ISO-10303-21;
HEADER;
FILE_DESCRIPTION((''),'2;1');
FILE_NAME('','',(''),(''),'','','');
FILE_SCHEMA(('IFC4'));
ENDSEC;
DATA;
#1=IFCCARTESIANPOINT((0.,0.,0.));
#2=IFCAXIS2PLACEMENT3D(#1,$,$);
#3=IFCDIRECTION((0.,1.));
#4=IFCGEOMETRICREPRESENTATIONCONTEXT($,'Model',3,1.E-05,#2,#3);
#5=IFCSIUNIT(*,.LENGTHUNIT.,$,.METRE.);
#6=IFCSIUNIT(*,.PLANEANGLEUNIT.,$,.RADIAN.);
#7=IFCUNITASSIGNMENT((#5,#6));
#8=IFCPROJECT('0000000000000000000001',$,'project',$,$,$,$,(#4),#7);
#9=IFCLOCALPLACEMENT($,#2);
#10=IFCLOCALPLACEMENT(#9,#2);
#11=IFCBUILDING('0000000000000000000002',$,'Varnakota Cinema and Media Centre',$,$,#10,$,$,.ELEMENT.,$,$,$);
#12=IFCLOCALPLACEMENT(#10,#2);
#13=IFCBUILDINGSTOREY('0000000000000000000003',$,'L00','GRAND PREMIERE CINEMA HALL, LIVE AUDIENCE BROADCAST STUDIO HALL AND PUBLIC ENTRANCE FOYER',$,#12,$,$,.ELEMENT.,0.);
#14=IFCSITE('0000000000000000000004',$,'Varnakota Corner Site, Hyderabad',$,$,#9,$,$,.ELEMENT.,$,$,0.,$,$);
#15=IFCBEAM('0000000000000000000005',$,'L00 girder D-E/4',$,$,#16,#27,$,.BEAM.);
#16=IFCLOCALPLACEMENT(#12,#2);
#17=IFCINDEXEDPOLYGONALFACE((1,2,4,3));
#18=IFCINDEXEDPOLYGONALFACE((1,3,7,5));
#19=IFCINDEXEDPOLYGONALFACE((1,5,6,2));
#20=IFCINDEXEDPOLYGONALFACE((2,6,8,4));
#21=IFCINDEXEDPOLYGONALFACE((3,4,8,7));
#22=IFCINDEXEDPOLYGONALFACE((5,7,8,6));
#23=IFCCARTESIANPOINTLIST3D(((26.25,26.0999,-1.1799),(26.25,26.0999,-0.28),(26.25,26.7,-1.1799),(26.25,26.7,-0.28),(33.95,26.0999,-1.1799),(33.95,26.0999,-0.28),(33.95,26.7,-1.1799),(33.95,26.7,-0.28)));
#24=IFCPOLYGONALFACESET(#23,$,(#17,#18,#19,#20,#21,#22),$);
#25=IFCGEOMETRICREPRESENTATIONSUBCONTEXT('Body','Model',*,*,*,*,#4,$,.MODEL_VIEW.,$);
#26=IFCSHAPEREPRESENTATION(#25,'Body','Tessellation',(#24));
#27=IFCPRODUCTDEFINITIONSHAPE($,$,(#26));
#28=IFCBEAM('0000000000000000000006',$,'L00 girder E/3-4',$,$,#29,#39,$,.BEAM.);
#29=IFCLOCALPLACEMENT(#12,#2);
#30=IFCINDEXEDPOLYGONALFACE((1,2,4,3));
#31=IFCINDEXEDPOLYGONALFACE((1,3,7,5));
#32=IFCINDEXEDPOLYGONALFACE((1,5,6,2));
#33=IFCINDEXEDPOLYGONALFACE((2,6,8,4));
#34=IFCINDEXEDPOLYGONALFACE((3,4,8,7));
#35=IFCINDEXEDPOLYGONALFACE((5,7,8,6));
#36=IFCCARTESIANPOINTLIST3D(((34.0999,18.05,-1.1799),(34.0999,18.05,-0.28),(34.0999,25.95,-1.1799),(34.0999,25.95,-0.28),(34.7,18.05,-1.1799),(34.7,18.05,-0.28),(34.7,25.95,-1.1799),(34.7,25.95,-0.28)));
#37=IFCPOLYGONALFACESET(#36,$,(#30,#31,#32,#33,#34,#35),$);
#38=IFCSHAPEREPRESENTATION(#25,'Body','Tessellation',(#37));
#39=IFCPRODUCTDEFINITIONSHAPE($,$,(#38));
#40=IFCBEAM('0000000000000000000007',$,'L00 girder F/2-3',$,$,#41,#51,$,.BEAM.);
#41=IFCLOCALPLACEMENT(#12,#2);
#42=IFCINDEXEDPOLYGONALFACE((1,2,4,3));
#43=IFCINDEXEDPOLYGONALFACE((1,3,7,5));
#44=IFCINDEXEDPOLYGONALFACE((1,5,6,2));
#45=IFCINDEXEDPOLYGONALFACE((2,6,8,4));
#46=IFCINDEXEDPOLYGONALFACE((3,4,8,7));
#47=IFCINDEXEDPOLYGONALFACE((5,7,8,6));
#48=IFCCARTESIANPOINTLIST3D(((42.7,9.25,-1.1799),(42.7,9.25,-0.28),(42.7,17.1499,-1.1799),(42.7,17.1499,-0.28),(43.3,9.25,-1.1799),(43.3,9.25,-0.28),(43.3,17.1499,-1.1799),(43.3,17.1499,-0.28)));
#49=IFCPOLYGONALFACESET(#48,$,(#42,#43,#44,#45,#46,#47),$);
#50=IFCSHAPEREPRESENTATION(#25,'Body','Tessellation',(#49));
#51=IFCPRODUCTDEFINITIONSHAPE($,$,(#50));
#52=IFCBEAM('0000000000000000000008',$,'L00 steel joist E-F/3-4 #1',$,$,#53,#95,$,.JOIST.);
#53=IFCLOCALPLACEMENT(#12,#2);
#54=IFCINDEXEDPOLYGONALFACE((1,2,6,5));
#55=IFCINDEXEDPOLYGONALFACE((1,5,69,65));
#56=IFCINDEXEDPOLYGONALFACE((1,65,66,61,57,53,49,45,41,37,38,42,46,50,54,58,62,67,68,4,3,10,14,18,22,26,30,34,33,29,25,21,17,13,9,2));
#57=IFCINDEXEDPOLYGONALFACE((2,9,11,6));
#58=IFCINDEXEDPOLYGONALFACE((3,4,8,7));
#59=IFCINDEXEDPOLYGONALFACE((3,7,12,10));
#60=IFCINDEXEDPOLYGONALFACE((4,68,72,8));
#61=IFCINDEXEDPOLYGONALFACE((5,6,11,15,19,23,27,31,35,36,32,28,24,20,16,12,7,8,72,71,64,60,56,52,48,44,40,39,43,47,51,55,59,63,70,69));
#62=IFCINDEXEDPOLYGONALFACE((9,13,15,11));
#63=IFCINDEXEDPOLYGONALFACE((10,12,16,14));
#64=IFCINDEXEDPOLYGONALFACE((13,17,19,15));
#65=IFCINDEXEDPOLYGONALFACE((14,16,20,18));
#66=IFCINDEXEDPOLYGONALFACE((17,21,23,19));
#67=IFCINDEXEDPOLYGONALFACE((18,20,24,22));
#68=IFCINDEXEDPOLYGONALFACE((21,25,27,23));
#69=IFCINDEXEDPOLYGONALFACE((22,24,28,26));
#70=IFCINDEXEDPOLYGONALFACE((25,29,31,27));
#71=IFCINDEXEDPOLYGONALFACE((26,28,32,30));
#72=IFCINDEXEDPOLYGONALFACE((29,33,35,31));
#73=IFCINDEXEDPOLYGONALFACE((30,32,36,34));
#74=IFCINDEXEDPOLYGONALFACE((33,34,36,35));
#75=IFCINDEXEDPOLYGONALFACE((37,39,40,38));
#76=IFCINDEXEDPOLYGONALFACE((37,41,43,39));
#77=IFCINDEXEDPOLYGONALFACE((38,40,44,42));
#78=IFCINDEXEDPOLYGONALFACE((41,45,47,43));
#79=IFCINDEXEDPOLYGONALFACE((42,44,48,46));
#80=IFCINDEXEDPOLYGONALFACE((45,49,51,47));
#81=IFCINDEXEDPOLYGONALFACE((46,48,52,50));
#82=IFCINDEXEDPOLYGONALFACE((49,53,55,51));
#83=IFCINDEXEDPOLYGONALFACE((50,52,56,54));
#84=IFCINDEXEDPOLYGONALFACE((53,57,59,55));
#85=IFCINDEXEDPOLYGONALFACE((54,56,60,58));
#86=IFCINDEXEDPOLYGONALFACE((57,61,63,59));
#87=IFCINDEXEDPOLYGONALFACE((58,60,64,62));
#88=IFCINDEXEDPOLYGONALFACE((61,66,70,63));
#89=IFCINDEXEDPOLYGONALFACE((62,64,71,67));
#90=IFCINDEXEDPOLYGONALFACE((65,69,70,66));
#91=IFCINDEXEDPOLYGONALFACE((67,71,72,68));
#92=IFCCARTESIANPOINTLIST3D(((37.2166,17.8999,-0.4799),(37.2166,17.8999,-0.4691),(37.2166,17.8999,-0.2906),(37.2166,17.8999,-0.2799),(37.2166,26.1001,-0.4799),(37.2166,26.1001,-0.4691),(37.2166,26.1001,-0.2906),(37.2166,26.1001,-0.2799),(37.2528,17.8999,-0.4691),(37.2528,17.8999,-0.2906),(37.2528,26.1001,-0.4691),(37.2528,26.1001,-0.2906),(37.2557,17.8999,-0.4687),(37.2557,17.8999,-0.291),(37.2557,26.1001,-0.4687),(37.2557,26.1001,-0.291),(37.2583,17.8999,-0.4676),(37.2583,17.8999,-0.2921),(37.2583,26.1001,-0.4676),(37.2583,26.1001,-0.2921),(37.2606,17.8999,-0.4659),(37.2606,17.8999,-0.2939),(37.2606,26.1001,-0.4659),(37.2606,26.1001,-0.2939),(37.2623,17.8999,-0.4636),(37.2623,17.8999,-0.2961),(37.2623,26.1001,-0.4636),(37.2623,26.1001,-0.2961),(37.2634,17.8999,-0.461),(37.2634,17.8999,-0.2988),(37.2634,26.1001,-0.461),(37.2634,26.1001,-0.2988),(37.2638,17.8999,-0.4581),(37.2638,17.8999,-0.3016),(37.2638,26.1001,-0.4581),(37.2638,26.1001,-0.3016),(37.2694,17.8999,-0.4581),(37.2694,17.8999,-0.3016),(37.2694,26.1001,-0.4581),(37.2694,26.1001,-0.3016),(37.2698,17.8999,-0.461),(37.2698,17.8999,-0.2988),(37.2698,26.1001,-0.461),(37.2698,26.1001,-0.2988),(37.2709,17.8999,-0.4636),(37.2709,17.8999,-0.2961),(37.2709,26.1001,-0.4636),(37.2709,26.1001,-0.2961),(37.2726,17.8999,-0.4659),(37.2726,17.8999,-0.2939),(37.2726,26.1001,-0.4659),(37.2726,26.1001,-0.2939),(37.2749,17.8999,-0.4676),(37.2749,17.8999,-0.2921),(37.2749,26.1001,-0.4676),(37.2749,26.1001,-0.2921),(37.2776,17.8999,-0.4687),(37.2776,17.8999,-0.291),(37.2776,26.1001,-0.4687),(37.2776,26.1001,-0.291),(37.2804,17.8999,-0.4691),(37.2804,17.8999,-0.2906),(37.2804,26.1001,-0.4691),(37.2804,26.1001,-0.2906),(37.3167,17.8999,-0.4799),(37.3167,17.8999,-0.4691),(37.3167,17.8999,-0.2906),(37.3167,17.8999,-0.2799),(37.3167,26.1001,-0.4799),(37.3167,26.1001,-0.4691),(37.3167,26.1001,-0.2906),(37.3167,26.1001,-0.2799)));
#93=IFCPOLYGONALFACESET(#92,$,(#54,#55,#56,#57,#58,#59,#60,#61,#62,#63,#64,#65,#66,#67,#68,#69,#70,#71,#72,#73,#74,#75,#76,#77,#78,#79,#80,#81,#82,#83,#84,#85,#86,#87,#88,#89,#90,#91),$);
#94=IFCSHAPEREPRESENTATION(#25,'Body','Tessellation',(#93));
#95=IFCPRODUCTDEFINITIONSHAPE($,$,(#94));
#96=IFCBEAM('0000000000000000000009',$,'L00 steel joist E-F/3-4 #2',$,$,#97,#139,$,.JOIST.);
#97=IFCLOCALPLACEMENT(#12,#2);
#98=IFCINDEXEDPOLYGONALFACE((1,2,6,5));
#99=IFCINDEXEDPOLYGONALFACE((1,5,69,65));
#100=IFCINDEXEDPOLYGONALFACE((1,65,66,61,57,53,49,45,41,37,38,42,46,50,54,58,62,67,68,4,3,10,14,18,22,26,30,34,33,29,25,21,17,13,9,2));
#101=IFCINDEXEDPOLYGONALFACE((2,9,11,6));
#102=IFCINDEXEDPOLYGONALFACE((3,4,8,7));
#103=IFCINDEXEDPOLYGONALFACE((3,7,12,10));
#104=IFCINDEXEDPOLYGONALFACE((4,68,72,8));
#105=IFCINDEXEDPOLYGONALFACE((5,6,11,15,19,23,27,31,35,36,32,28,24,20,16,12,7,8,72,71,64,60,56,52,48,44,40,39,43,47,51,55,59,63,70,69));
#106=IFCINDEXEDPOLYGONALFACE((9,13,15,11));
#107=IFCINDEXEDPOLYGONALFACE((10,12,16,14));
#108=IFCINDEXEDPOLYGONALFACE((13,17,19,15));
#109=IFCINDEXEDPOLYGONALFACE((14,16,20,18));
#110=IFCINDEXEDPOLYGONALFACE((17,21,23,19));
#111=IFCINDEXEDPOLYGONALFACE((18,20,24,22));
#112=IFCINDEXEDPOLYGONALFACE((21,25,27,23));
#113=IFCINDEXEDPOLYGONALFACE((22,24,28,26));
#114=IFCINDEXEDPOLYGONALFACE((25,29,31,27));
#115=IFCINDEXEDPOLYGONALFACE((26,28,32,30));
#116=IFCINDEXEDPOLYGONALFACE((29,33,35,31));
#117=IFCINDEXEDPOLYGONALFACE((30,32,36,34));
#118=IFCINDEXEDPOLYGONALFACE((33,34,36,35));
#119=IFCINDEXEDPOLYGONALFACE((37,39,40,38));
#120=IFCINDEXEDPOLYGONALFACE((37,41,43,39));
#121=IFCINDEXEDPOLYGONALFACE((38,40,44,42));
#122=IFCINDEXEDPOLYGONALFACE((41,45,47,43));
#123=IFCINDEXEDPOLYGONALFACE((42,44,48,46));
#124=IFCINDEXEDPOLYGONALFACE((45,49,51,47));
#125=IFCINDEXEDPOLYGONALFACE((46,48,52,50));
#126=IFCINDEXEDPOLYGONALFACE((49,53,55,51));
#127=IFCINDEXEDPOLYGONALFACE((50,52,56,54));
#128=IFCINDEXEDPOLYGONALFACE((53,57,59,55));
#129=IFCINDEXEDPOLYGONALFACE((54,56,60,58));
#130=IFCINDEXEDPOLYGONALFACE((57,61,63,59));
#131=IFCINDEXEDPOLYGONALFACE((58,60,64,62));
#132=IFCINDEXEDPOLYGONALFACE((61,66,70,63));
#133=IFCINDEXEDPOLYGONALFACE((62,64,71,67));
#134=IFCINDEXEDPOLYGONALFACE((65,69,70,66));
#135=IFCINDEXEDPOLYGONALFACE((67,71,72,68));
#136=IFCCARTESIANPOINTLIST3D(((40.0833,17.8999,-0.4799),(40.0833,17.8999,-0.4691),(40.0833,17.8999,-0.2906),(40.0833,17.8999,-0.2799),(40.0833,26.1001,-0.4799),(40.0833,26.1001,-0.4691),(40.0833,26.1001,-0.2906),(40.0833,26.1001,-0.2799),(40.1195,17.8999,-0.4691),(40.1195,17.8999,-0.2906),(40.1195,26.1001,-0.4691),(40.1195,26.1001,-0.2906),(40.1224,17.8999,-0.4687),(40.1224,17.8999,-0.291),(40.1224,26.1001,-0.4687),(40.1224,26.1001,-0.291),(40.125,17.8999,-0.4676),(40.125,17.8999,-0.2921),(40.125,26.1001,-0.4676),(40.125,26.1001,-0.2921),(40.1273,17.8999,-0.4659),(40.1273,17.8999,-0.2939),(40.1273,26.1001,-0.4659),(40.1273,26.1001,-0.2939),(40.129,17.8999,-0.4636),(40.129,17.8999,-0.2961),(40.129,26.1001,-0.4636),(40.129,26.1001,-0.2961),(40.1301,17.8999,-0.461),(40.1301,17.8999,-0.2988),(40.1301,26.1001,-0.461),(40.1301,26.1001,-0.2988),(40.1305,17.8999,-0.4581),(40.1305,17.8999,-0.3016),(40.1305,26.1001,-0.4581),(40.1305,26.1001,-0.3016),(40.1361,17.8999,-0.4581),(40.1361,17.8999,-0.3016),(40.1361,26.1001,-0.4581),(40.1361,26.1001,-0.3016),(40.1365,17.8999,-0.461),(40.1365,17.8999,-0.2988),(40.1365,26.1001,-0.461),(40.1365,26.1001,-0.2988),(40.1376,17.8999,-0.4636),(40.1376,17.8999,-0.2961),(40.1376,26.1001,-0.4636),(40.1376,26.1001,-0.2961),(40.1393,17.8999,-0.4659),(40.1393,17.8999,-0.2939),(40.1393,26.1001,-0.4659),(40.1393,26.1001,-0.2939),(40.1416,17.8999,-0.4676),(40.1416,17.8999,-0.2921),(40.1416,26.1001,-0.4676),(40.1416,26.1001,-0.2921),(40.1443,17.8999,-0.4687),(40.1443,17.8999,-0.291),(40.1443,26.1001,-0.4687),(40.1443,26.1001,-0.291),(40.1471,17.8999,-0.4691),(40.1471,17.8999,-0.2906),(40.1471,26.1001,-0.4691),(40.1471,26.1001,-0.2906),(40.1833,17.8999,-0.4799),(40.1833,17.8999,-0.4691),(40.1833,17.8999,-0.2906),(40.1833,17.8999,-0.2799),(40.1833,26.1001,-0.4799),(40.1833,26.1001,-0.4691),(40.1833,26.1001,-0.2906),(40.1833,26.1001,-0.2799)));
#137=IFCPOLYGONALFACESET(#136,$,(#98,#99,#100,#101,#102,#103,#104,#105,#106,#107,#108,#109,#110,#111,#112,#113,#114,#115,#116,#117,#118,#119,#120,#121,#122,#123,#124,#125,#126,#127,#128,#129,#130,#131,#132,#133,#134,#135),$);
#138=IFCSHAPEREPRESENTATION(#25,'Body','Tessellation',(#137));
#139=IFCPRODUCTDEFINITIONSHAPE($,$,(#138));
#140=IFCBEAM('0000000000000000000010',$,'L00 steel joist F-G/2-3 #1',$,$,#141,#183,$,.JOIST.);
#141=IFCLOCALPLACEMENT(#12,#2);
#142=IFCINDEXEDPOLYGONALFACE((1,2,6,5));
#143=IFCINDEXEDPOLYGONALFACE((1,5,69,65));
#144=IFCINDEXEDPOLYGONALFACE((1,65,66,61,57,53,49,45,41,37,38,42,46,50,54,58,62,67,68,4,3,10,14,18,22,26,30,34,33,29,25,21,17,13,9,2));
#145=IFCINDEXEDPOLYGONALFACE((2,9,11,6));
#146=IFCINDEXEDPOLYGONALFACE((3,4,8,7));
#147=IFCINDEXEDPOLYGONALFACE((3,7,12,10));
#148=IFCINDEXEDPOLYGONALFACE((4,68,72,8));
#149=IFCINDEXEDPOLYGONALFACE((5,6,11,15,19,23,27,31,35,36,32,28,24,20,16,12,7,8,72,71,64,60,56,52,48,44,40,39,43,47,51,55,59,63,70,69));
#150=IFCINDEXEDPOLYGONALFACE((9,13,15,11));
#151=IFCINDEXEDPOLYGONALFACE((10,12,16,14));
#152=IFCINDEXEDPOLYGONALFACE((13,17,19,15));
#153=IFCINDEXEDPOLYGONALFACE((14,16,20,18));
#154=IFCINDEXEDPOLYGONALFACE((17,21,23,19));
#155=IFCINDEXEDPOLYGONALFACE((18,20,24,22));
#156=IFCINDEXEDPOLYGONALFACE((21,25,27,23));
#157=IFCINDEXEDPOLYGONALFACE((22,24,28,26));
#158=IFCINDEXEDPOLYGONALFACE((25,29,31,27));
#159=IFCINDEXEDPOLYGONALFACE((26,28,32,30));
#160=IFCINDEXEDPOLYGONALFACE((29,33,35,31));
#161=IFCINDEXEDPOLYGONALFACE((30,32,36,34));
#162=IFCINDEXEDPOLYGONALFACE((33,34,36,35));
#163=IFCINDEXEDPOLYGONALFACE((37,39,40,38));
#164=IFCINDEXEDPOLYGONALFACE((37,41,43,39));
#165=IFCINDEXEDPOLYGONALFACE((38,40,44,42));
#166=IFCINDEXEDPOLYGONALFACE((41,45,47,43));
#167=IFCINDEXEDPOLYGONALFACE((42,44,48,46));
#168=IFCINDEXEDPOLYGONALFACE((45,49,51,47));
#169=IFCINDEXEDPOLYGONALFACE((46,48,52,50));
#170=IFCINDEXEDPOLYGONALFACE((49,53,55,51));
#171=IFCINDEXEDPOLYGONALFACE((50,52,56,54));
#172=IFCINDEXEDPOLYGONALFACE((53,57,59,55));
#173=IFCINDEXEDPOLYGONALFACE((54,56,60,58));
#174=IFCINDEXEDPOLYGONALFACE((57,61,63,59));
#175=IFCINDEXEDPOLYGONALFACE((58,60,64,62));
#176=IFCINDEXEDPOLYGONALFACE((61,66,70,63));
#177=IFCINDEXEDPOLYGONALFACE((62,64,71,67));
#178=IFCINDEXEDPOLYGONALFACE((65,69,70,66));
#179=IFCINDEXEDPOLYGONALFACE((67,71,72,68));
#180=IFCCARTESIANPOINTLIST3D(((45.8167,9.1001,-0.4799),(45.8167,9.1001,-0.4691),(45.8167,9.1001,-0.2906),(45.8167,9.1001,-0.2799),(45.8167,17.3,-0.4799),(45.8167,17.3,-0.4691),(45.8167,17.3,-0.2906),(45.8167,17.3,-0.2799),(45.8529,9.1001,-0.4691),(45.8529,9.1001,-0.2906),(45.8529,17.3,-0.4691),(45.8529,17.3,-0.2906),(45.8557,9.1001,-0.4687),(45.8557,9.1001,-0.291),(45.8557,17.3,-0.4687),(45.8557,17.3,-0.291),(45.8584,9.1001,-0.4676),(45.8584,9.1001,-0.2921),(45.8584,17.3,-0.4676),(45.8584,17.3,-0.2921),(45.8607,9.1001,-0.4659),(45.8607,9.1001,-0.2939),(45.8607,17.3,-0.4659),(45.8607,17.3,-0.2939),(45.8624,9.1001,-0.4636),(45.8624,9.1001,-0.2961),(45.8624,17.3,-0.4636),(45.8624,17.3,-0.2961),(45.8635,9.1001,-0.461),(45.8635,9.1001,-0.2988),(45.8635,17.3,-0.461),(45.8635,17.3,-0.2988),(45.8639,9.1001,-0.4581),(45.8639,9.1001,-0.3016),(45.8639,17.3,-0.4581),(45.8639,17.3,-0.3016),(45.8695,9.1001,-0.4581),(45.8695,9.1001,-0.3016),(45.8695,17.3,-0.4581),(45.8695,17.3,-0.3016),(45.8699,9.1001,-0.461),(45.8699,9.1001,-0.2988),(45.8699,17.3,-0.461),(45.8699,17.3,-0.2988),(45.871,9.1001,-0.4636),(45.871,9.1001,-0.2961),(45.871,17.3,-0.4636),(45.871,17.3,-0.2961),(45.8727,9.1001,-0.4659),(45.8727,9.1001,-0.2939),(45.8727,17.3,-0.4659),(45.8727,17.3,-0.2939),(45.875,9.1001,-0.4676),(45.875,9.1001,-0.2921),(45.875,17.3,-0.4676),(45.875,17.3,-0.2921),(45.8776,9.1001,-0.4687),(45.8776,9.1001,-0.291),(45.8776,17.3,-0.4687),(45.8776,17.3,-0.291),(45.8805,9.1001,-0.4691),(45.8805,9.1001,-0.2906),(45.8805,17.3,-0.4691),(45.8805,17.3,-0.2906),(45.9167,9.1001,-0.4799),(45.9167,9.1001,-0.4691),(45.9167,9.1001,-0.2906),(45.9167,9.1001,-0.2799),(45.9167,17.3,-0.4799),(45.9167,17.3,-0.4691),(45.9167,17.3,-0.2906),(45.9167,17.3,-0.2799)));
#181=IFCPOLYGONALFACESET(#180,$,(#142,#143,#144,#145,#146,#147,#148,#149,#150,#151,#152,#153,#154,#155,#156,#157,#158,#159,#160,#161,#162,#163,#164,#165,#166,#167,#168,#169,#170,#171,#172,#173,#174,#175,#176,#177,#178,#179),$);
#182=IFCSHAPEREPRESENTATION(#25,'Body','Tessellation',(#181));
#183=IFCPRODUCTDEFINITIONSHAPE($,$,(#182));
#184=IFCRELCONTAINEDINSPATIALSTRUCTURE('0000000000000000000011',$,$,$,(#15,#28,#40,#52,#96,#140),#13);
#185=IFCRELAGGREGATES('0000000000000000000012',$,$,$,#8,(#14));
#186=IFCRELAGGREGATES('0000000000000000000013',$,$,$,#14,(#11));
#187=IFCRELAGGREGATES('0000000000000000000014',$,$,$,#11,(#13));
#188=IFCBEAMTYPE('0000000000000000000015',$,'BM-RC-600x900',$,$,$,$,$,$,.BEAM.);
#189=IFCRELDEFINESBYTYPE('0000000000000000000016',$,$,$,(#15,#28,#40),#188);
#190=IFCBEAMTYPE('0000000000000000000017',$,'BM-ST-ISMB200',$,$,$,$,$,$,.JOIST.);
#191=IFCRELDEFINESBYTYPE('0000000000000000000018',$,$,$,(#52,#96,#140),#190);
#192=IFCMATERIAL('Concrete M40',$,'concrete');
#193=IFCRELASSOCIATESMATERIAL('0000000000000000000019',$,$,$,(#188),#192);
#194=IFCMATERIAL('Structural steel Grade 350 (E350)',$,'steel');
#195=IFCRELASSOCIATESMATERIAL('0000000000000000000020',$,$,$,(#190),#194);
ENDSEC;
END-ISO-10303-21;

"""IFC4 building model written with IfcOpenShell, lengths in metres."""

from ifc_helpers import new_model, si_unit, direction, frame, origin, origin_2d, place, context, subcontext, project, spatial, rectangle, i_section, extrude, material, material_profile, profile_set, type_object, element, save


model = new_model("IFC4")

# Units and contexts
model_context = context("Model", 3, precision=1e-05, world=origin(), true_north=direction((0.0, 1.0)))
body_context = subcontext(model_context, "Body", "Model", "MODEL_VIEW")
ifc_project = project(units=[si_unit("LENGTHUNIT", "METRE"), si_unit("PLANEANGLEUNIT", "RADIAN")], contexts=[model_context])

# Site, building, storey
site_placement = place(None, origin())
site = spatial("IfcSite", under=ifc_project, at=site_placement, Name="Varnakota Corner Site, Hyderabad", CompositionType="ELEMENT", RefElevation=0.0)
building_placement = place(site_placement, origin())
building = spatial("IfcBuilding", under=site, at=building_placement, Name="Varnakota Cinema and Media Centre", CompositionType="ELEMENT")
storey_placement = place(building_placement, origin())
storey = spatial("IfcBuildingStorey", under=building, at=storey_placement, Name="L00", Description="GRAND PREMIERE CINEMA HALL, LIVE AUDIENCE BROADCAST STUDIO HALL AND PUBLIC ENTRANCE FOYER", CompositionType="ELEMENT", Elevation=0.0)

# Beams
ifc_material_1 = material(Name="Concrete M40", Category="concrete")
ifc_material_profile_1 = material_profile(ifc_material_1, rectangle(XDim=0.6001, YDim=0.8999, at=origin_2d()), Name="RCB 600x900")
ifc_profile_set_1 = profile_set([ifc_material_profile_1], Name="Concrete M40")
beam_type_1 = type_object("IfcBeamType", Name="BM-RC-600x900", PredefinedType="BEAM", material=ifc_profile_set_1)
for number, where, z_axis, x_axis, name in (
    (1, (26.25, 26.3999, -0.73), (1.0, 0.0, 0.0), (0.0, 1.0, 0.0), "L00 girder D-E/4"),
):
    element("IfcBeam", number, at=place(storey_placement, frame(where, z_axis=z_axis, x_axis=x_axis)), inside=storey, type_object=beam_type_1, Name=name, PredefinedType="BEAM", context=body_context, shape_type="SweptSolid", body=[
        extrude(rectangle(XDim=0.6001, YDim=0.8999, at=origin_2d()), origin(), (0.0, 0.0, 1.0), 7.7),
    ])
for number, where, z_axis, x_axis, name in (
    (2, (34.3999, 18.05, -0.73), (0.0, 1.0, 0.0), (-1.0, 0.0, 0.0), "L00 girder E/3-4"),
    (3, (43.0, 9.25, -0.73), (0.0, 1.0, 0.0), (-1.0, 0.0, 0.0), "L00 girder F/2-3"),
):
    element("IfcBeam", number, at=place(storey_placement, frame(where, z_axis=z_axis, x_axis=x_axis)), inside=storey, type_object=beam_type_1, Name=name, PredefinedType="BEAM", context=body_context, shape_type="SweptSolid", body=[
        extrude(rectangle(XDim=0.6001, YDim=0.8999, at=origin_2d()), origin(), (0.0, 0.0, 1.0), 7.8999),
    ])
ifc_material_2 = material(Name="Structural steel Grade 350 (E350)", Category="steel")
ifc_material_profile_2 = material_profile(ifc_material_2, i_section(OverallWidth=0.1001, OverallDepth=0.2, WebThickness=0.0056, FlangeThickness=0.0107, FilletRadius=0.011, at=origin_2d()), Name="ISMB 200")
ifc_profile_set_2 = profile_set([ifc_material_profile_2], Name="Structural steel Grade 350 (E350)")
beam_type_2 = type_object("IfcBeamType", Name="BM-ST-ISMB200", PredefinedType="JOIST", material=ifc_profile_set_2)
for number, where, z_axis, x_axis, name in (
    (4, (37.2666, 17.8999, -0.3799), (0.0, 1.0, 0.0), (-1.0, 0.0, 0.0), "L00 steel joist E-F/3-4 #1"),
    (5, (40.1333, 17.8999, -0.3799), (0.0, 1.0, 0.0), (-1.0, 0.0, 0.0), "L00 steel joist E-F/3-4 #2"),
):
    element("IfcBeam", number, at=place(storey_placement, frame(where, z_axis=z_axis, x_axis=x_axis)), inside=storey, type_object=beam_type_2, Name=name, PredefinedType="JOIST", context=body_context, shape_type="SweptSolid", body=[
        extrude(i_section(OverallWidth=0.1001, OverallDepth=0.2, WebThickness=0.0056, FlangeThickness=0.0107, FilletRadius=0.011, at=origin_2d()), origin(), (0.0, 0.0, 1.0), 8.2002),
    ])
beam_1_placement = place(storey_placement, frame((45.8667, 9.1001, -0.3799), z_axis=(0.0, 1.0, 0.0), x_axis=(-1.0, 0.0, 0.0)))
element("IfcBeam", 6, at=beam_1_placement, inside=storey, type_object=beam_type_2, Name="L00 steel joist F-G/2-3 #1", PredefinedType="JOIST", context=body_context, shape_type="SweptSolid", body=[
    extrude(i_section(OverallWidth=0.1001, OverallDepth=0.2, WebThickness=0.0056, FlangeThickness=0.0107, FilletRadius=0.011, at=origin_2d()), origin(), (0.0, 0.0, 1.0), 8.2),
])

save(model, "model.ifc")
